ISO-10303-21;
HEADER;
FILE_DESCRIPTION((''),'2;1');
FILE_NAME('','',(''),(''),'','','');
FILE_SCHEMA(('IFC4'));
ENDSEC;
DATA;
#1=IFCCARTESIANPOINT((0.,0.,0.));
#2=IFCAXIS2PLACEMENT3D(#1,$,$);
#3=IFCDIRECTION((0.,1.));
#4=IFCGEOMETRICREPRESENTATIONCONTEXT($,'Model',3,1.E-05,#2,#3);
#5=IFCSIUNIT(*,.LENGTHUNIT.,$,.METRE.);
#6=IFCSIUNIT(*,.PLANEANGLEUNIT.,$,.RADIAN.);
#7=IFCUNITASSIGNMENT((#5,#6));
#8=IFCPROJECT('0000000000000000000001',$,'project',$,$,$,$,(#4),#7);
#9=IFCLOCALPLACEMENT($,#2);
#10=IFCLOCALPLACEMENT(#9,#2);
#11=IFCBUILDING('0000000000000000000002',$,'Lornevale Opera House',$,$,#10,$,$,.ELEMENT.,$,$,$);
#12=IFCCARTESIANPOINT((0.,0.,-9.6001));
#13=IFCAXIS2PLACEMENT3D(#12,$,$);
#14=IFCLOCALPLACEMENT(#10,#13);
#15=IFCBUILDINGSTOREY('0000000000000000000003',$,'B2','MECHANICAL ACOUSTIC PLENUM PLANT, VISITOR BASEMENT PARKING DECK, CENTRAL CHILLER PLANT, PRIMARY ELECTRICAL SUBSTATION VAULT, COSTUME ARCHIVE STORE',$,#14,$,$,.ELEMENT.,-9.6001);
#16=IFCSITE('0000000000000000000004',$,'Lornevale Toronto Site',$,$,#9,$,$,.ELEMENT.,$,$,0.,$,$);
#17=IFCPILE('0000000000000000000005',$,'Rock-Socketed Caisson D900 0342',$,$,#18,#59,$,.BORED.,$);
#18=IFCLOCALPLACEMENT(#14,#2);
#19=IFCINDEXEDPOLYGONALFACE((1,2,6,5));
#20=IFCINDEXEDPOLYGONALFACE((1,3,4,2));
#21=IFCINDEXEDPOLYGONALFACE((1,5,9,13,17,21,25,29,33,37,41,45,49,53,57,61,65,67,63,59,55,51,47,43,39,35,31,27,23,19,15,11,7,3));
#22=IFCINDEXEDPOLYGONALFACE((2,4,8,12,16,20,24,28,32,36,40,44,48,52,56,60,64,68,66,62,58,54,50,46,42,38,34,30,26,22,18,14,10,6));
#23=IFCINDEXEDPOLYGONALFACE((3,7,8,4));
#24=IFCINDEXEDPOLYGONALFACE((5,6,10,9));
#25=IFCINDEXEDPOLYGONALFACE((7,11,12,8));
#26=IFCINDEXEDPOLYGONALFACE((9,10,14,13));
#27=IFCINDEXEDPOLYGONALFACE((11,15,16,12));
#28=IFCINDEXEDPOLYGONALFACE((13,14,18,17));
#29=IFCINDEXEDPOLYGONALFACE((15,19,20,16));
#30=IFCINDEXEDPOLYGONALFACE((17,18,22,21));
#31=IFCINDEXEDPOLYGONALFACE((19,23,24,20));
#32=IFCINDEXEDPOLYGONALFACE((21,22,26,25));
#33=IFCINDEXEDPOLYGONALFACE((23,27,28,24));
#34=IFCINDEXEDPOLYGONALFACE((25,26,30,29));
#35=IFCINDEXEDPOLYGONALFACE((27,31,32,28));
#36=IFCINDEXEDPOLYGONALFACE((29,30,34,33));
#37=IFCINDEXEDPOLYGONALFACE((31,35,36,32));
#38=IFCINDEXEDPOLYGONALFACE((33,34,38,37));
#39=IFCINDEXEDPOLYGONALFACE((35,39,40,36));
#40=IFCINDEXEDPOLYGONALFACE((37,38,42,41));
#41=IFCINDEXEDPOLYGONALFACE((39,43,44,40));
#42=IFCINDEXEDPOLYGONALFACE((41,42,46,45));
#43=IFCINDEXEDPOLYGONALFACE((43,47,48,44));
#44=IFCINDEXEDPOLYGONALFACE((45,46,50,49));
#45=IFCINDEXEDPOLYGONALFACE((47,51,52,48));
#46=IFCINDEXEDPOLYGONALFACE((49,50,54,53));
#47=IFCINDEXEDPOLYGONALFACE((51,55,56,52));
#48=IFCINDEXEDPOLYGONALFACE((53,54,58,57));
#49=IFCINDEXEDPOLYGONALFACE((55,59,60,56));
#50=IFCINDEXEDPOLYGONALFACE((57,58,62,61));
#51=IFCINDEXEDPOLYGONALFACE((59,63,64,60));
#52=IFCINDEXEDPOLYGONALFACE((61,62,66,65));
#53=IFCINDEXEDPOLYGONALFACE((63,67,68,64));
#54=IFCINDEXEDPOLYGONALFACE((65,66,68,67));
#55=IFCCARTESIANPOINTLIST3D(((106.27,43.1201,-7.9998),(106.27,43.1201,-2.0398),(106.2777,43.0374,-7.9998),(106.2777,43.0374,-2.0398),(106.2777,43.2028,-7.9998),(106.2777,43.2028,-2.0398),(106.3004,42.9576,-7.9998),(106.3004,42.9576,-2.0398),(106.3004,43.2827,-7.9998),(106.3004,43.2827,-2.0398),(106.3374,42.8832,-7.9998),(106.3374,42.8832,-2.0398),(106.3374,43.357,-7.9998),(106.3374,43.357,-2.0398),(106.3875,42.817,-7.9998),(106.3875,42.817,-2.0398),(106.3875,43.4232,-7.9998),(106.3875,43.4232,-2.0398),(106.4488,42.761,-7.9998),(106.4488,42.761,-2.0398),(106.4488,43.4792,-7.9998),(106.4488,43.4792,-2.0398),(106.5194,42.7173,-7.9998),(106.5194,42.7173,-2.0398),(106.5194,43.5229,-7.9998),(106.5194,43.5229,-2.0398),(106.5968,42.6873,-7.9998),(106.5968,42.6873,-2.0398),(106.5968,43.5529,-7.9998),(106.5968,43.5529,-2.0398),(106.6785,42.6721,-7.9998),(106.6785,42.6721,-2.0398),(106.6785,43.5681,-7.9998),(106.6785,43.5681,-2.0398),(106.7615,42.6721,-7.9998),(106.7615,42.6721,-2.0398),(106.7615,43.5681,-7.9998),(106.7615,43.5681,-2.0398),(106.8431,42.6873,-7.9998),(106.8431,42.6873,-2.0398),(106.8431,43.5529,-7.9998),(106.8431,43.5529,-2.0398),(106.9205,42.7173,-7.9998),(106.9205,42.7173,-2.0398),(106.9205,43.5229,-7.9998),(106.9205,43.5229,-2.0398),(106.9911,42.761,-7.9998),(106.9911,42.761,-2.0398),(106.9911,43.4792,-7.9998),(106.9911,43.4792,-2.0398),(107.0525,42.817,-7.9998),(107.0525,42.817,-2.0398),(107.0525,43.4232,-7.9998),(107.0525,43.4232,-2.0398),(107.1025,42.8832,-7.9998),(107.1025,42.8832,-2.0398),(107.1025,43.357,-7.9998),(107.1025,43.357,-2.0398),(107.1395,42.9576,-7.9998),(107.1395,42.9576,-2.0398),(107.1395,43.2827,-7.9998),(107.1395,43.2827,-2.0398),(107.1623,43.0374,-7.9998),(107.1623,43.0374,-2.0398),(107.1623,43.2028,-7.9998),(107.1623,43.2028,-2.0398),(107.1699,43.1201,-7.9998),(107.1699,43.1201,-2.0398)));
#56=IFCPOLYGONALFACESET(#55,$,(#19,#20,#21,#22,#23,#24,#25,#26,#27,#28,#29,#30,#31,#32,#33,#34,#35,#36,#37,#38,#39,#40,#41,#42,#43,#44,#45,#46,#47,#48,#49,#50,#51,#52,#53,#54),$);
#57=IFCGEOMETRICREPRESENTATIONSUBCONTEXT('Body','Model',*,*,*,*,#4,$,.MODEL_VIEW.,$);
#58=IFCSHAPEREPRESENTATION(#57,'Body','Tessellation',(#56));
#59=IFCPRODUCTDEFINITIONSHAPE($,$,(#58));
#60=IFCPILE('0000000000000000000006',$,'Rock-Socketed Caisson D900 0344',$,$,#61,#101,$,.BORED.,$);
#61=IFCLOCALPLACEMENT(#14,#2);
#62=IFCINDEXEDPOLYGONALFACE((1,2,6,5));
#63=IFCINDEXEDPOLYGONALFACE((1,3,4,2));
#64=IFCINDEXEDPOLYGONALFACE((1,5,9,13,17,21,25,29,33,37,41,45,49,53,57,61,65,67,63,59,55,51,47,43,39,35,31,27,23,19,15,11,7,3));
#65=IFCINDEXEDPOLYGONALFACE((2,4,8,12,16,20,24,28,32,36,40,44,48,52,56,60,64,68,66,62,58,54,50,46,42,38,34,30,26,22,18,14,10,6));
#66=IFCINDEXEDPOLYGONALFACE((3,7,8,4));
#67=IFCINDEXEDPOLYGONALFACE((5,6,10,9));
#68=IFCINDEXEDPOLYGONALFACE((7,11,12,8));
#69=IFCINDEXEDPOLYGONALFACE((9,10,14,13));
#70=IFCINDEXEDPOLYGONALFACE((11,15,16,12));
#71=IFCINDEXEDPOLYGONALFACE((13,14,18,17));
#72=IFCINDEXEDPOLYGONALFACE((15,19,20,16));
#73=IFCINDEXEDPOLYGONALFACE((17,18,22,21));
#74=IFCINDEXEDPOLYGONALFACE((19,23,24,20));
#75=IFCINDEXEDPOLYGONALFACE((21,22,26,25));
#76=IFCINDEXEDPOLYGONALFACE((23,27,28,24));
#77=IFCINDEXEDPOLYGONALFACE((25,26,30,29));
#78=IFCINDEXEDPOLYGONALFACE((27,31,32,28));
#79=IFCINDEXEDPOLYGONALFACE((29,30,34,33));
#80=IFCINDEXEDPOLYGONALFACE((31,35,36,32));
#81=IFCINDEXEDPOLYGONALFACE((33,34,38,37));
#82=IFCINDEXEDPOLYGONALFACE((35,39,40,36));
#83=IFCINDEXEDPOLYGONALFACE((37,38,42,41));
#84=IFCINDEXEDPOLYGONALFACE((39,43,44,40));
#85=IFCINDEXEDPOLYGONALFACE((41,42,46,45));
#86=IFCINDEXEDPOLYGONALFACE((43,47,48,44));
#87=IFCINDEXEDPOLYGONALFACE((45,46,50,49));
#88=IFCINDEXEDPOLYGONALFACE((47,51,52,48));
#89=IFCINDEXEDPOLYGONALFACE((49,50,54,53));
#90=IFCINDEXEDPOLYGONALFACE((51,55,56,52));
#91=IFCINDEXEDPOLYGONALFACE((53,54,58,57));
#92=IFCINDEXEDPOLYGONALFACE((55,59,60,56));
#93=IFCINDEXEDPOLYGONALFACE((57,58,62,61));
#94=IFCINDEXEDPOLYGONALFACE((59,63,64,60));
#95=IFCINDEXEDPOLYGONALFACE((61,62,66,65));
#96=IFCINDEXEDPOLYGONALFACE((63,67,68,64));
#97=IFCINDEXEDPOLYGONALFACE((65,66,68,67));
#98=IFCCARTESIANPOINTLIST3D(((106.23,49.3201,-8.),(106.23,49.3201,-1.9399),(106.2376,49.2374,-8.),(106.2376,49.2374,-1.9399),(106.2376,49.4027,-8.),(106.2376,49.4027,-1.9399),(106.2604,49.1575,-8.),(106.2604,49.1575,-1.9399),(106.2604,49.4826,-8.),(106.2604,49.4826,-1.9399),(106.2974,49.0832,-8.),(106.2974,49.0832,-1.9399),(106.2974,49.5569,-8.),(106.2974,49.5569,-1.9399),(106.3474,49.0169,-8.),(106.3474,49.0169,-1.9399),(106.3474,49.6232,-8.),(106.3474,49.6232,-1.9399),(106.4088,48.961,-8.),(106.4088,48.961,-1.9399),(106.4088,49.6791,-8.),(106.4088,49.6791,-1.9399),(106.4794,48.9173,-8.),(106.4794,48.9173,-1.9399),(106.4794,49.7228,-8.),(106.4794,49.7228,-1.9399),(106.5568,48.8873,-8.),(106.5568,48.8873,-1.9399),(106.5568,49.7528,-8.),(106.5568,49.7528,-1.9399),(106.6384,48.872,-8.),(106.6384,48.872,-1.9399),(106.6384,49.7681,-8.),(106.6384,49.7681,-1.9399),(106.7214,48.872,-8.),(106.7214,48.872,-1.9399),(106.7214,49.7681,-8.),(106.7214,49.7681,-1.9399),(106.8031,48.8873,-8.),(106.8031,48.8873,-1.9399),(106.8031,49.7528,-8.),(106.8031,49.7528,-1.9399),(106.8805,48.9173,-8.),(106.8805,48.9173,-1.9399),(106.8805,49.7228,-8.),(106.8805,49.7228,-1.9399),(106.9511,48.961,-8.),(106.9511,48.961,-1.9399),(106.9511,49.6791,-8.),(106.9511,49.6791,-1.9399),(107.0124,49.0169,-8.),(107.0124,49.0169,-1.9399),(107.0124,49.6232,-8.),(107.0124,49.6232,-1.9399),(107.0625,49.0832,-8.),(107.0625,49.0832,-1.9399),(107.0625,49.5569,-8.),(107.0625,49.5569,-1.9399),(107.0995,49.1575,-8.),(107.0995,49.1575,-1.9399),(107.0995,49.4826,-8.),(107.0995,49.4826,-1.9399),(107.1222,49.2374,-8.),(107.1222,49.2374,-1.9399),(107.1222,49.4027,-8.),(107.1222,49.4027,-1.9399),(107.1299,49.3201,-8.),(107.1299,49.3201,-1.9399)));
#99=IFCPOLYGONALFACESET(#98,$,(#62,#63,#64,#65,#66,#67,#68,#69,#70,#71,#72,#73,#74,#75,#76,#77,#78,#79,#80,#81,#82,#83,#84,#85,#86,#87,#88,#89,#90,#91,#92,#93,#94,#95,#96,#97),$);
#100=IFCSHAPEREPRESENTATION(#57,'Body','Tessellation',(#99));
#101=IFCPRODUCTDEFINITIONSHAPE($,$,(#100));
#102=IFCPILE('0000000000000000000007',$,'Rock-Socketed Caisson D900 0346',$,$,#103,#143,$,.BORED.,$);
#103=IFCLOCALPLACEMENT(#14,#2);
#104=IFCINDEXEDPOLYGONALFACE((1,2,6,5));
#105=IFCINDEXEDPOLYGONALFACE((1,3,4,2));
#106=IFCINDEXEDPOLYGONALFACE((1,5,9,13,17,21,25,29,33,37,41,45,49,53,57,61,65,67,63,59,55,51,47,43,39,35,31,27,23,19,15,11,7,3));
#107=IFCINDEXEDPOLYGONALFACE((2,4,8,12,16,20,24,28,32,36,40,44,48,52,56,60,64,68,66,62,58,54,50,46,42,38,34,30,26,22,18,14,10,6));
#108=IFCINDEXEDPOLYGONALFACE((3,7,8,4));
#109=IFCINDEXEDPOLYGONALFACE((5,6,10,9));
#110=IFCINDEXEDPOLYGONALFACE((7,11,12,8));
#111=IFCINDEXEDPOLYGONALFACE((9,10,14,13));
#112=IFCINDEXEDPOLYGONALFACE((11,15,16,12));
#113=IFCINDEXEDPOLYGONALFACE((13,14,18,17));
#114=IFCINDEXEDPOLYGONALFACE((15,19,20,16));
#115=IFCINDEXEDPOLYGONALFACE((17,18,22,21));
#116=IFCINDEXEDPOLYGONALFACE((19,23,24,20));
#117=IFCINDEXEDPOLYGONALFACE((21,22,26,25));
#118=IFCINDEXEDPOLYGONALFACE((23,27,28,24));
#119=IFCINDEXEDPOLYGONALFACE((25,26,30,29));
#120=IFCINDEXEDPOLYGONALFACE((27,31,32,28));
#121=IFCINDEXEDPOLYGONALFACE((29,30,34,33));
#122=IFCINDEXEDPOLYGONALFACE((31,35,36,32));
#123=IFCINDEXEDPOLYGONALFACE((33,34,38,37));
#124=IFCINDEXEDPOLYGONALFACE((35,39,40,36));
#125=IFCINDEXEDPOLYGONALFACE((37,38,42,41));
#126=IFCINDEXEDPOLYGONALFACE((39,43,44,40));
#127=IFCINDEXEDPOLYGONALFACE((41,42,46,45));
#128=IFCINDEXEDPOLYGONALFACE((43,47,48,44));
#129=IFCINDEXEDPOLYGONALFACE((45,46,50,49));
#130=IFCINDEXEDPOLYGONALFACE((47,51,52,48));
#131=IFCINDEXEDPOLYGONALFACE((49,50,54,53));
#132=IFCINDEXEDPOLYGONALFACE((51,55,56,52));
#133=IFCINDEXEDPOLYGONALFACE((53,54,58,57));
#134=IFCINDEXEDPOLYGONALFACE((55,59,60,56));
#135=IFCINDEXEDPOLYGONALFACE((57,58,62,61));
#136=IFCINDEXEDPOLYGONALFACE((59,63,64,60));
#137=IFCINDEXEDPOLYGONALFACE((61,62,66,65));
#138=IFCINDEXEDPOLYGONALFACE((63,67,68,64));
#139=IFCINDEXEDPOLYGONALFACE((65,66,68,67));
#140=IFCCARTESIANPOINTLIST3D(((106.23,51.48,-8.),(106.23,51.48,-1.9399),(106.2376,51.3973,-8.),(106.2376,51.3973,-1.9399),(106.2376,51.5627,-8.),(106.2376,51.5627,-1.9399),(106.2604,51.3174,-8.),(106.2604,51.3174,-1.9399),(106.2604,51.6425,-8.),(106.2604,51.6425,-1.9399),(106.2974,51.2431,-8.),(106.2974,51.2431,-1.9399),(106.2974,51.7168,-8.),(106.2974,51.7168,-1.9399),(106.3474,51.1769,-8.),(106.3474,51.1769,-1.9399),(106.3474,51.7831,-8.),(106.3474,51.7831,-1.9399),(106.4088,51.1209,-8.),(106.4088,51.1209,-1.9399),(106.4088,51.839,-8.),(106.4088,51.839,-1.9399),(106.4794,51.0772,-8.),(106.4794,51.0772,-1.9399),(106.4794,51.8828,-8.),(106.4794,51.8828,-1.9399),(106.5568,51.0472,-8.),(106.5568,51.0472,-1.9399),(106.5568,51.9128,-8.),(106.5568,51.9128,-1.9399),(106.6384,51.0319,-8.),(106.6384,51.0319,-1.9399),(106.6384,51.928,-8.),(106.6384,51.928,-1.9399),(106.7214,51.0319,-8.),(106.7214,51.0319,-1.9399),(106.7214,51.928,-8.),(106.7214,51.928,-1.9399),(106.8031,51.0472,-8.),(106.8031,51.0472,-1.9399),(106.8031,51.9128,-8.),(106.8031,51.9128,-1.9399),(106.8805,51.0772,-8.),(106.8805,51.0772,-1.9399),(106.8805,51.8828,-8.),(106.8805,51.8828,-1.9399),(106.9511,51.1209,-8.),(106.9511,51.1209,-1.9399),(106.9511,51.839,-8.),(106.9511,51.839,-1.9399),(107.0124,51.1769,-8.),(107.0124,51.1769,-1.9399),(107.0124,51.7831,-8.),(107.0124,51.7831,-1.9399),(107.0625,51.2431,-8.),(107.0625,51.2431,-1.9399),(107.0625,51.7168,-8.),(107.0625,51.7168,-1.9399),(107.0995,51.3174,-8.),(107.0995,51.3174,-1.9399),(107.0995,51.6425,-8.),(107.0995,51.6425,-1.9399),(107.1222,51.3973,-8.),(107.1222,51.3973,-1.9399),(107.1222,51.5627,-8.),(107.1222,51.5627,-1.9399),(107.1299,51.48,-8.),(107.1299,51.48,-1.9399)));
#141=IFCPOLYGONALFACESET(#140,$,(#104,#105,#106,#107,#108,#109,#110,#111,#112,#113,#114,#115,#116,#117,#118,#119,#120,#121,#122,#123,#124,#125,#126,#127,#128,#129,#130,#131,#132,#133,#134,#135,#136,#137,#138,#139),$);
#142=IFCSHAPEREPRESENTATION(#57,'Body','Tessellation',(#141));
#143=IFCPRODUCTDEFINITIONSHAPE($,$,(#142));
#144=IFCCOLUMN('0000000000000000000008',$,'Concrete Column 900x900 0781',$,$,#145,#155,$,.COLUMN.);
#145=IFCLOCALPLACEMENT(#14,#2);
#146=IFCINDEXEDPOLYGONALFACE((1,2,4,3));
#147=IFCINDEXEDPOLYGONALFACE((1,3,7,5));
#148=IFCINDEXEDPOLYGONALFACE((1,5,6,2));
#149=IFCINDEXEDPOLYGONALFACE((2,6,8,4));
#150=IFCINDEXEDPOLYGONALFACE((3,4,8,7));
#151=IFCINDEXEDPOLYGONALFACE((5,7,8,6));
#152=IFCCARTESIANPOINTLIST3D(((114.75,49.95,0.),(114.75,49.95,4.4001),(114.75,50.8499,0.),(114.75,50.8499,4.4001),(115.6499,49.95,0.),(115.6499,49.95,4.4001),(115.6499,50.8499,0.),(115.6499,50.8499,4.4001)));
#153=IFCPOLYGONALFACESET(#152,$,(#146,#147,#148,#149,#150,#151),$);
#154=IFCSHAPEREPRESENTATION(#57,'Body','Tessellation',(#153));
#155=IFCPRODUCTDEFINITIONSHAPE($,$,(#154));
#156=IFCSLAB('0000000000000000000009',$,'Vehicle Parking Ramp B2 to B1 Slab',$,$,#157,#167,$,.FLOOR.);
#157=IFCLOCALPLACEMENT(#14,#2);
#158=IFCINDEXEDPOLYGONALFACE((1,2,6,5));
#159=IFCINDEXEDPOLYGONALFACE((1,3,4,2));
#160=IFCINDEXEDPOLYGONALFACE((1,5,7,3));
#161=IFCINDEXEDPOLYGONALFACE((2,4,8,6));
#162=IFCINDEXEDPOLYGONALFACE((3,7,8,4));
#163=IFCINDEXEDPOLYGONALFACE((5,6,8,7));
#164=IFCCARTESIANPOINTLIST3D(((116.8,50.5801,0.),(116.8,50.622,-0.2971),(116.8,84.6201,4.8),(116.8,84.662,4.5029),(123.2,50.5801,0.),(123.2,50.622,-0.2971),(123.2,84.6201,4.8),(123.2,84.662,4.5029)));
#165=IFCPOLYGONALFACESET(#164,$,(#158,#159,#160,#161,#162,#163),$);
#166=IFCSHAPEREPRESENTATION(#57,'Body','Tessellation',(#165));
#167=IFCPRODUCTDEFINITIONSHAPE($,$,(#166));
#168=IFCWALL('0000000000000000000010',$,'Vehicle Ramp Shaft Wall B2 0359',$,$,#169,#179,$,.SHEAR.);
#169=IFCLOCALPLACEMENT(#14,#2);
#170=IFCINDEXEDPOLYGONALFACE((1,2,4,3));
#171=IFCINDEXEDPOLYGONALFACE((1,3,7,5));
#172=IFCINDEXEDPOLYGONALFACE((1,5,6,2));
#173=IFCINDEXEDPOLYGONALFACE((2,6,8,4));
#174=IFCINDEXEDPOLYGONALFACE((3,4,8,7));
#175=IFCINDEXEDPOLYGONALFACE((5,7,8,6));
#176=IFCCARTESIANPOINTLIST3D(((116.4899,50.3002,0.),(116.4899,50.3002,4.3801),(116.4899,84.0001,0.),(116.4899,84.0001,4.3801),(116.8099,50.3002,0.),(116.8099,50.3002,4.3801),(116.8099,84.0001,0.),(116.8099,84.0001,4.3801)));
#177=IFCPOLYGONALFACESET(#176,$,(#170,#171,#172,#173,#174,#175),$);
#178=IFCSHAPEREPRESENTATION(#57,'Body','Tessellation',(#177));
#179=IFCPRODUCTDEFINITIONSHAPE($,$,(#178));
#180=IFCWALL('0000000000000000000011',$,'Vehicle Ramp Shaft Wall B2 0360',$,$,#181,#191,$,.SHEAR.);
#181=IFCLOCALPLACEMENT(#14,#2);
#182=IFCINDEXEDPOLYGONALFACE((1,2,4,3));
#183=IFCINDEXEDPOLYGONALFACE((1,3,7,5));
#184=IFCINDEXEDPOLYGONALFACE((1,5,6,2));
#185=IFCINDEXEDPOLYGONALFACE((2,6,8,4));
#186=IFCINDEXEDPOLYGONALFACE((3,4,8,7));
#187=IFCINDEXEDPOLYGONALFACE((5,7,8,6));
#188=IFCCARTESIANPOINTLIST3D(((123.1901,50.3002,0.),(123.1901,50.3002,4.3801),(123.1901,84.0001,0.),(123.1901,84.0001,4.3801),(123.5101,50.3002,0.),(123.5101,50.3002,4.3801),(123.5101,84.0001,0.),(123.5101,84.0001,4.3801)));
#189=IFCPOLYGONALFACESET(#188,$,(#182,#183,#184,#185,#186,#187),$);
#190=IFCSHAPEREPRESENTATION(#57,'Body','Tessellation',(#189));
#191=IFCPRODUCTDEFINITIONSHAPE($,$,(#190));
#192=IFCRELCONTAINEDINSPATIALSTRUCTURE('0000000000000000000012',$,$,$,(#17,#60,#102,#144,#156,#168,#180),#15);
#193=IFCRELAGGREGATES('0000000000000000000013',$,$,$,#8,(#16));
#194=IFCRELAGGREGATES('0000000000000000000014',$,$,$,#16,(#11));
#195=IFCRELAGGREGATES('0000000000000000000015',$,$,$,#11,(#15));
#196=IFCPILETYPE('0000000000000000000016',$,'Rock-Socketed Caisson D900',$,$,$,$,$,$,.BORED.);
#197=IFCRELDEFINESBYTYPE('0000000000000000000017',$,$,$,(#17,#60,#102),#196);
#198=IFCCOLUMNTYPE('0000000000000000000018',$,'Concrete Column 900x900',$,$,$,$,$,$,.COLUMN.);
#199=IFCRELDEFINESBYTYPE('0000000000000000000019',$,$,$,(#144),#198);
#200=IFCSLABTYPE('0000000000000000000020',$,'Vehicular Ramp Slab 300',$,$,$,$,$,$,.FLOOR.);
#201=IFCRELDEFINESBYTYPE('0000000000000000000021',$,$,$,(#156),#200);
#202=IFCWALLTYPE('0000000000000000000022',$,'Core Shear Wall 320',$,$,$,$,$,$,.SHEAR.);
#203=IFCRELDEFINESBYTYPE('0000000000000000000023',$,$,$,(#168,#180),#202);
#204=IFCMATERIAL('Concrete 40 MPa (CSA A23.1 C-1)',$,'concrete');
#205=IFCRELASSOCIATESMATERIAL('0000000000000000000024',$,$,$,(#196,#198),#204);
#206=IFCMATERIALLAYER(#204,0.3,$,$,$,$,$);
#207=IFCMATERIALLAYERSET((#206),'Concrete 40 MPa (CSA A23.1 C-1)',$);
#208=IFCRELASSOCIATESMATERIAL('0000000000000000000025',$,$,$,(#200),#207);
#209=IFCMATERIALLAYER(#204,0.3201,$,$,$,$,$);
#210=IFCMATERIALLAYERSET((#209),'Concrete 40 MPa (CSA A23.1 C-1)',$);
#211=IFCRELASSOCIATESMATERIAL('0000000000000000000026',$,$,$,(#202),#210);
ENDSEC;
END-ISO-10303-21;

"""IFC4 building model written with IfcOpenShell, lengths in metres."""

from ifc_helpers import new_model, si_unit, direction, frame, frame_2d, origin, origin_2d, place, context, subcontext, project, spatial, polyline, rectangle, circle, outline, extrude, material, layer, layer_set, material_profile, profile_set, type_object, element, save


model = new_model("IFC4")

# Units and contexts
model_context = context("Model", 3, precision=1e-05, world=origin(), true_north=direction((0.0, 1.0)))
body_context = subcontext(model_context, "Body", "Model", "MODEL_VIEW")
ifc_project = project(units=[si_unit("LENGTHUNIT", "METRE"), si_unit("PLANEANGLEUNIT", "RADIAN")], contexts=[model_context])

# Site, building, storey
site_placement = place(None, origin())
site = spatial("IfcSite", under=ifc_project, at=site_placement, Name="Lornevale Toronto Site", CompositionType="ELEMENT", RefElevation=0.0)
building_placement = place(site_placement, origin())
building = spatial("IfcBuilding", under=site, at=building_placement, Name="Lornevale Opera House", CompositionType="ELEMENT")
storey_placement = place(building_placement, frame((0.0, 0.0, -9.6001)))
storey = spatial("IfcBuildingStorey", under=building, at=storey_placement, Name="B2", Description="MECHANICAL ACOUSTIC PLENUM PLANT, VISITOR BASEMENT PARKING DECK, CENTRAL CHILLER PLANT, PRIMARY ELECTRICAL SUBSTATION VAULT, COSTUME ARCHIVE STORE", CompositionType="ELEMENT", Elevation=-9.6001)

# Piles
ifc_material_1 = material(Name="Concrete 40 MPa (CSA A23.1 C-1)", Category="concrete")
ifc_material_profile_1 = material_profile(ifc_material_1, circle(Radius=0.45, at=origin_2d()), Name="CAIS900")
ifc_profile_set_1 = profile_set([ifc_material_profile_1], Name="Concrete 40 MPa (CSA A23.1 C-1)")
pile_type_1 = type_object("IfcPileType", Name="Rock-Socketed Caisson D900", PredefinedType="BORED", material=ifc_profile_set_1)
pile_placement = place(storey_placement, frame((106.72, 43.1201, -2.0398), z_axis=(0.0, 0.0, -1.0), x_axis=(1.0, 0.0, 0.0)))
element("IfcPile", 1, at=pile_placement, inside=storey, type_object=pile_type_1, Name="Rock-Socketed Caisson D900 0342", PredefinedType="BORED", context=body_context, shape_type="SweptSolid", body=[
    extrude(circle(Radius=0.45, at=origin_2d()), origin(), (0.0, 0.0, 1.0), 5.96),
])
for number, where, z_axis, x_axis, name in (
    (2, (106.6799, 49.3201, -1.9399), (0.0, 0.0, -1.0), (1.0, 0.0, 0.0), "Rock-Socketed Caisson D900 0344"),
    (3, (106.6799, 51.48, -1.9399), (0.0, 0.0, -1.0), (1.0, 0.0, 0.0), "Rock-Socketed Caisson D900 0346"),
):
    element("IfcPile", number, at=place(storey_placement, frame(where, z_axis=z_axis, x_axis=x_axis)), inside=storey, type_object=pile_type_1, Name=name, PredefinedType="BORED", context=body_context, shape_type="SweptSolid", body=[
        extrude(circle(Radius=0.45, at=origin_2d()), origin(), (0.0, 0.0, 1.0), 6.0601),
    ])

# Column
ifc_material_profile_2 = material_profile(ifc_material_1, rectangle(XDim=0.8999, YDim=0.8999, at=origin_2d()), Name="RC900x900")
ifc_profile_set_2 = profile_set([ifc_material_profile_2], Name="Concrete 40 MPa (CSA A23.1 C-1)")
column_type = type_object("IfcColumnType", Name="Concrete Column 900x900", PredefinedType="COLUMN", material=ifc_profile_set_2)
column_placement = place(storey_placement, frame((115.2, 50.3999, 0.0), z_axis=(0.0, 0.0, 1.0), x_axis=(1.0, 0.0, 0.0)))
element("IfcColumn", 4, at=column_placement, inside=storey, type_object=column_type, Name="Concrete Column 900x900 0781", PredefinedType="COLUMN", context=body_context, shape_type="SweptSolid", body=[
    extrude(rectangle(XDim=0.8999, YDim=0.8999, at=origin_2d()), origin(), (0.0, 0.0, 1.0), 4.4001),
])

# Slab
ifc_layer_1 = layer(ifc_material_1, 0.3)
ifc_layer_set_1 = layer_set([ifc_layer_1], Name="Concrete 40 MPa (CSA A23.1 C-1)")
slab_type = type_object("IfcSlabType", Name="Vehicular Ramp Slab 300", PredefinedType="FLOOR", material=ifc_layer_set_1)
slab_placement = place(storey_placement, frame((123.2, 50.5801, 0.0), z_axis=(0.0, -0.13963, 0.990204), x_axis=(-1.0, 0.0, 0.0)))
element("IfcSlab", 5, at=slab_placement, inside=storey, type_object=slab_type, Name="Vehicle Parking Ramp B2 to B1 Slab", PredefinedType="FLOOR", context=body_context, shape_type="SweptSolid", body=[
    extrude(outline(polyline([(0.0, 0.0), (6.3999, 0.0), (6.3999, -34.3768), (0.0, -34.3768), (0.0, 0.0)])), origin(), (0.0, 0.0, -1.0), 0.3),
])

# Walls
ifc_layer_2 = layer(ifc_material_1, 0.3201)
ifc_layer_set_2 = layer_set([ifc_layer_2], Name="Concrete 40 MPa (CSA A23.1 C-1)")
wall_type_1 = type_object("IfcWallType", Name="Core Shear Wall 320", PredefinedType="SHEAR", material=ifc_layer_set_2)
for number, where, z_axis, x_axis, name in (
    (6, (116.6499, 50.3, 0.0), (0.0, 0.0, 1.0), (0.0, 1.0, 0.0), "Vehicle Ramp Shaft Wall B2 0359"),
    (7, (123.3501, 50.3, 0.0), (0.0, 0.0, 1.0), (0.0, 1.0, 0.0), "Vehicle Ramp Shaft Wall B2 0360"),
):
    element("IfcWall", number, at=place(storey_placement, frame(where, z_axis=z_axis, x_axis=x_axis)), inside=storey, type_object=wall_type_1, Name=name, PredefinedType="SHEAR", context=body_context, shape_type="SweptSolid", body=[
        extrude(rectangle(XDim=33.7, YDim=0.3201, at=frame_2d((16.8501, 0.0))), origin(), (0.0, 0.0, 1.0), 4.3801),
    ])

save(model, "model.ifc")
